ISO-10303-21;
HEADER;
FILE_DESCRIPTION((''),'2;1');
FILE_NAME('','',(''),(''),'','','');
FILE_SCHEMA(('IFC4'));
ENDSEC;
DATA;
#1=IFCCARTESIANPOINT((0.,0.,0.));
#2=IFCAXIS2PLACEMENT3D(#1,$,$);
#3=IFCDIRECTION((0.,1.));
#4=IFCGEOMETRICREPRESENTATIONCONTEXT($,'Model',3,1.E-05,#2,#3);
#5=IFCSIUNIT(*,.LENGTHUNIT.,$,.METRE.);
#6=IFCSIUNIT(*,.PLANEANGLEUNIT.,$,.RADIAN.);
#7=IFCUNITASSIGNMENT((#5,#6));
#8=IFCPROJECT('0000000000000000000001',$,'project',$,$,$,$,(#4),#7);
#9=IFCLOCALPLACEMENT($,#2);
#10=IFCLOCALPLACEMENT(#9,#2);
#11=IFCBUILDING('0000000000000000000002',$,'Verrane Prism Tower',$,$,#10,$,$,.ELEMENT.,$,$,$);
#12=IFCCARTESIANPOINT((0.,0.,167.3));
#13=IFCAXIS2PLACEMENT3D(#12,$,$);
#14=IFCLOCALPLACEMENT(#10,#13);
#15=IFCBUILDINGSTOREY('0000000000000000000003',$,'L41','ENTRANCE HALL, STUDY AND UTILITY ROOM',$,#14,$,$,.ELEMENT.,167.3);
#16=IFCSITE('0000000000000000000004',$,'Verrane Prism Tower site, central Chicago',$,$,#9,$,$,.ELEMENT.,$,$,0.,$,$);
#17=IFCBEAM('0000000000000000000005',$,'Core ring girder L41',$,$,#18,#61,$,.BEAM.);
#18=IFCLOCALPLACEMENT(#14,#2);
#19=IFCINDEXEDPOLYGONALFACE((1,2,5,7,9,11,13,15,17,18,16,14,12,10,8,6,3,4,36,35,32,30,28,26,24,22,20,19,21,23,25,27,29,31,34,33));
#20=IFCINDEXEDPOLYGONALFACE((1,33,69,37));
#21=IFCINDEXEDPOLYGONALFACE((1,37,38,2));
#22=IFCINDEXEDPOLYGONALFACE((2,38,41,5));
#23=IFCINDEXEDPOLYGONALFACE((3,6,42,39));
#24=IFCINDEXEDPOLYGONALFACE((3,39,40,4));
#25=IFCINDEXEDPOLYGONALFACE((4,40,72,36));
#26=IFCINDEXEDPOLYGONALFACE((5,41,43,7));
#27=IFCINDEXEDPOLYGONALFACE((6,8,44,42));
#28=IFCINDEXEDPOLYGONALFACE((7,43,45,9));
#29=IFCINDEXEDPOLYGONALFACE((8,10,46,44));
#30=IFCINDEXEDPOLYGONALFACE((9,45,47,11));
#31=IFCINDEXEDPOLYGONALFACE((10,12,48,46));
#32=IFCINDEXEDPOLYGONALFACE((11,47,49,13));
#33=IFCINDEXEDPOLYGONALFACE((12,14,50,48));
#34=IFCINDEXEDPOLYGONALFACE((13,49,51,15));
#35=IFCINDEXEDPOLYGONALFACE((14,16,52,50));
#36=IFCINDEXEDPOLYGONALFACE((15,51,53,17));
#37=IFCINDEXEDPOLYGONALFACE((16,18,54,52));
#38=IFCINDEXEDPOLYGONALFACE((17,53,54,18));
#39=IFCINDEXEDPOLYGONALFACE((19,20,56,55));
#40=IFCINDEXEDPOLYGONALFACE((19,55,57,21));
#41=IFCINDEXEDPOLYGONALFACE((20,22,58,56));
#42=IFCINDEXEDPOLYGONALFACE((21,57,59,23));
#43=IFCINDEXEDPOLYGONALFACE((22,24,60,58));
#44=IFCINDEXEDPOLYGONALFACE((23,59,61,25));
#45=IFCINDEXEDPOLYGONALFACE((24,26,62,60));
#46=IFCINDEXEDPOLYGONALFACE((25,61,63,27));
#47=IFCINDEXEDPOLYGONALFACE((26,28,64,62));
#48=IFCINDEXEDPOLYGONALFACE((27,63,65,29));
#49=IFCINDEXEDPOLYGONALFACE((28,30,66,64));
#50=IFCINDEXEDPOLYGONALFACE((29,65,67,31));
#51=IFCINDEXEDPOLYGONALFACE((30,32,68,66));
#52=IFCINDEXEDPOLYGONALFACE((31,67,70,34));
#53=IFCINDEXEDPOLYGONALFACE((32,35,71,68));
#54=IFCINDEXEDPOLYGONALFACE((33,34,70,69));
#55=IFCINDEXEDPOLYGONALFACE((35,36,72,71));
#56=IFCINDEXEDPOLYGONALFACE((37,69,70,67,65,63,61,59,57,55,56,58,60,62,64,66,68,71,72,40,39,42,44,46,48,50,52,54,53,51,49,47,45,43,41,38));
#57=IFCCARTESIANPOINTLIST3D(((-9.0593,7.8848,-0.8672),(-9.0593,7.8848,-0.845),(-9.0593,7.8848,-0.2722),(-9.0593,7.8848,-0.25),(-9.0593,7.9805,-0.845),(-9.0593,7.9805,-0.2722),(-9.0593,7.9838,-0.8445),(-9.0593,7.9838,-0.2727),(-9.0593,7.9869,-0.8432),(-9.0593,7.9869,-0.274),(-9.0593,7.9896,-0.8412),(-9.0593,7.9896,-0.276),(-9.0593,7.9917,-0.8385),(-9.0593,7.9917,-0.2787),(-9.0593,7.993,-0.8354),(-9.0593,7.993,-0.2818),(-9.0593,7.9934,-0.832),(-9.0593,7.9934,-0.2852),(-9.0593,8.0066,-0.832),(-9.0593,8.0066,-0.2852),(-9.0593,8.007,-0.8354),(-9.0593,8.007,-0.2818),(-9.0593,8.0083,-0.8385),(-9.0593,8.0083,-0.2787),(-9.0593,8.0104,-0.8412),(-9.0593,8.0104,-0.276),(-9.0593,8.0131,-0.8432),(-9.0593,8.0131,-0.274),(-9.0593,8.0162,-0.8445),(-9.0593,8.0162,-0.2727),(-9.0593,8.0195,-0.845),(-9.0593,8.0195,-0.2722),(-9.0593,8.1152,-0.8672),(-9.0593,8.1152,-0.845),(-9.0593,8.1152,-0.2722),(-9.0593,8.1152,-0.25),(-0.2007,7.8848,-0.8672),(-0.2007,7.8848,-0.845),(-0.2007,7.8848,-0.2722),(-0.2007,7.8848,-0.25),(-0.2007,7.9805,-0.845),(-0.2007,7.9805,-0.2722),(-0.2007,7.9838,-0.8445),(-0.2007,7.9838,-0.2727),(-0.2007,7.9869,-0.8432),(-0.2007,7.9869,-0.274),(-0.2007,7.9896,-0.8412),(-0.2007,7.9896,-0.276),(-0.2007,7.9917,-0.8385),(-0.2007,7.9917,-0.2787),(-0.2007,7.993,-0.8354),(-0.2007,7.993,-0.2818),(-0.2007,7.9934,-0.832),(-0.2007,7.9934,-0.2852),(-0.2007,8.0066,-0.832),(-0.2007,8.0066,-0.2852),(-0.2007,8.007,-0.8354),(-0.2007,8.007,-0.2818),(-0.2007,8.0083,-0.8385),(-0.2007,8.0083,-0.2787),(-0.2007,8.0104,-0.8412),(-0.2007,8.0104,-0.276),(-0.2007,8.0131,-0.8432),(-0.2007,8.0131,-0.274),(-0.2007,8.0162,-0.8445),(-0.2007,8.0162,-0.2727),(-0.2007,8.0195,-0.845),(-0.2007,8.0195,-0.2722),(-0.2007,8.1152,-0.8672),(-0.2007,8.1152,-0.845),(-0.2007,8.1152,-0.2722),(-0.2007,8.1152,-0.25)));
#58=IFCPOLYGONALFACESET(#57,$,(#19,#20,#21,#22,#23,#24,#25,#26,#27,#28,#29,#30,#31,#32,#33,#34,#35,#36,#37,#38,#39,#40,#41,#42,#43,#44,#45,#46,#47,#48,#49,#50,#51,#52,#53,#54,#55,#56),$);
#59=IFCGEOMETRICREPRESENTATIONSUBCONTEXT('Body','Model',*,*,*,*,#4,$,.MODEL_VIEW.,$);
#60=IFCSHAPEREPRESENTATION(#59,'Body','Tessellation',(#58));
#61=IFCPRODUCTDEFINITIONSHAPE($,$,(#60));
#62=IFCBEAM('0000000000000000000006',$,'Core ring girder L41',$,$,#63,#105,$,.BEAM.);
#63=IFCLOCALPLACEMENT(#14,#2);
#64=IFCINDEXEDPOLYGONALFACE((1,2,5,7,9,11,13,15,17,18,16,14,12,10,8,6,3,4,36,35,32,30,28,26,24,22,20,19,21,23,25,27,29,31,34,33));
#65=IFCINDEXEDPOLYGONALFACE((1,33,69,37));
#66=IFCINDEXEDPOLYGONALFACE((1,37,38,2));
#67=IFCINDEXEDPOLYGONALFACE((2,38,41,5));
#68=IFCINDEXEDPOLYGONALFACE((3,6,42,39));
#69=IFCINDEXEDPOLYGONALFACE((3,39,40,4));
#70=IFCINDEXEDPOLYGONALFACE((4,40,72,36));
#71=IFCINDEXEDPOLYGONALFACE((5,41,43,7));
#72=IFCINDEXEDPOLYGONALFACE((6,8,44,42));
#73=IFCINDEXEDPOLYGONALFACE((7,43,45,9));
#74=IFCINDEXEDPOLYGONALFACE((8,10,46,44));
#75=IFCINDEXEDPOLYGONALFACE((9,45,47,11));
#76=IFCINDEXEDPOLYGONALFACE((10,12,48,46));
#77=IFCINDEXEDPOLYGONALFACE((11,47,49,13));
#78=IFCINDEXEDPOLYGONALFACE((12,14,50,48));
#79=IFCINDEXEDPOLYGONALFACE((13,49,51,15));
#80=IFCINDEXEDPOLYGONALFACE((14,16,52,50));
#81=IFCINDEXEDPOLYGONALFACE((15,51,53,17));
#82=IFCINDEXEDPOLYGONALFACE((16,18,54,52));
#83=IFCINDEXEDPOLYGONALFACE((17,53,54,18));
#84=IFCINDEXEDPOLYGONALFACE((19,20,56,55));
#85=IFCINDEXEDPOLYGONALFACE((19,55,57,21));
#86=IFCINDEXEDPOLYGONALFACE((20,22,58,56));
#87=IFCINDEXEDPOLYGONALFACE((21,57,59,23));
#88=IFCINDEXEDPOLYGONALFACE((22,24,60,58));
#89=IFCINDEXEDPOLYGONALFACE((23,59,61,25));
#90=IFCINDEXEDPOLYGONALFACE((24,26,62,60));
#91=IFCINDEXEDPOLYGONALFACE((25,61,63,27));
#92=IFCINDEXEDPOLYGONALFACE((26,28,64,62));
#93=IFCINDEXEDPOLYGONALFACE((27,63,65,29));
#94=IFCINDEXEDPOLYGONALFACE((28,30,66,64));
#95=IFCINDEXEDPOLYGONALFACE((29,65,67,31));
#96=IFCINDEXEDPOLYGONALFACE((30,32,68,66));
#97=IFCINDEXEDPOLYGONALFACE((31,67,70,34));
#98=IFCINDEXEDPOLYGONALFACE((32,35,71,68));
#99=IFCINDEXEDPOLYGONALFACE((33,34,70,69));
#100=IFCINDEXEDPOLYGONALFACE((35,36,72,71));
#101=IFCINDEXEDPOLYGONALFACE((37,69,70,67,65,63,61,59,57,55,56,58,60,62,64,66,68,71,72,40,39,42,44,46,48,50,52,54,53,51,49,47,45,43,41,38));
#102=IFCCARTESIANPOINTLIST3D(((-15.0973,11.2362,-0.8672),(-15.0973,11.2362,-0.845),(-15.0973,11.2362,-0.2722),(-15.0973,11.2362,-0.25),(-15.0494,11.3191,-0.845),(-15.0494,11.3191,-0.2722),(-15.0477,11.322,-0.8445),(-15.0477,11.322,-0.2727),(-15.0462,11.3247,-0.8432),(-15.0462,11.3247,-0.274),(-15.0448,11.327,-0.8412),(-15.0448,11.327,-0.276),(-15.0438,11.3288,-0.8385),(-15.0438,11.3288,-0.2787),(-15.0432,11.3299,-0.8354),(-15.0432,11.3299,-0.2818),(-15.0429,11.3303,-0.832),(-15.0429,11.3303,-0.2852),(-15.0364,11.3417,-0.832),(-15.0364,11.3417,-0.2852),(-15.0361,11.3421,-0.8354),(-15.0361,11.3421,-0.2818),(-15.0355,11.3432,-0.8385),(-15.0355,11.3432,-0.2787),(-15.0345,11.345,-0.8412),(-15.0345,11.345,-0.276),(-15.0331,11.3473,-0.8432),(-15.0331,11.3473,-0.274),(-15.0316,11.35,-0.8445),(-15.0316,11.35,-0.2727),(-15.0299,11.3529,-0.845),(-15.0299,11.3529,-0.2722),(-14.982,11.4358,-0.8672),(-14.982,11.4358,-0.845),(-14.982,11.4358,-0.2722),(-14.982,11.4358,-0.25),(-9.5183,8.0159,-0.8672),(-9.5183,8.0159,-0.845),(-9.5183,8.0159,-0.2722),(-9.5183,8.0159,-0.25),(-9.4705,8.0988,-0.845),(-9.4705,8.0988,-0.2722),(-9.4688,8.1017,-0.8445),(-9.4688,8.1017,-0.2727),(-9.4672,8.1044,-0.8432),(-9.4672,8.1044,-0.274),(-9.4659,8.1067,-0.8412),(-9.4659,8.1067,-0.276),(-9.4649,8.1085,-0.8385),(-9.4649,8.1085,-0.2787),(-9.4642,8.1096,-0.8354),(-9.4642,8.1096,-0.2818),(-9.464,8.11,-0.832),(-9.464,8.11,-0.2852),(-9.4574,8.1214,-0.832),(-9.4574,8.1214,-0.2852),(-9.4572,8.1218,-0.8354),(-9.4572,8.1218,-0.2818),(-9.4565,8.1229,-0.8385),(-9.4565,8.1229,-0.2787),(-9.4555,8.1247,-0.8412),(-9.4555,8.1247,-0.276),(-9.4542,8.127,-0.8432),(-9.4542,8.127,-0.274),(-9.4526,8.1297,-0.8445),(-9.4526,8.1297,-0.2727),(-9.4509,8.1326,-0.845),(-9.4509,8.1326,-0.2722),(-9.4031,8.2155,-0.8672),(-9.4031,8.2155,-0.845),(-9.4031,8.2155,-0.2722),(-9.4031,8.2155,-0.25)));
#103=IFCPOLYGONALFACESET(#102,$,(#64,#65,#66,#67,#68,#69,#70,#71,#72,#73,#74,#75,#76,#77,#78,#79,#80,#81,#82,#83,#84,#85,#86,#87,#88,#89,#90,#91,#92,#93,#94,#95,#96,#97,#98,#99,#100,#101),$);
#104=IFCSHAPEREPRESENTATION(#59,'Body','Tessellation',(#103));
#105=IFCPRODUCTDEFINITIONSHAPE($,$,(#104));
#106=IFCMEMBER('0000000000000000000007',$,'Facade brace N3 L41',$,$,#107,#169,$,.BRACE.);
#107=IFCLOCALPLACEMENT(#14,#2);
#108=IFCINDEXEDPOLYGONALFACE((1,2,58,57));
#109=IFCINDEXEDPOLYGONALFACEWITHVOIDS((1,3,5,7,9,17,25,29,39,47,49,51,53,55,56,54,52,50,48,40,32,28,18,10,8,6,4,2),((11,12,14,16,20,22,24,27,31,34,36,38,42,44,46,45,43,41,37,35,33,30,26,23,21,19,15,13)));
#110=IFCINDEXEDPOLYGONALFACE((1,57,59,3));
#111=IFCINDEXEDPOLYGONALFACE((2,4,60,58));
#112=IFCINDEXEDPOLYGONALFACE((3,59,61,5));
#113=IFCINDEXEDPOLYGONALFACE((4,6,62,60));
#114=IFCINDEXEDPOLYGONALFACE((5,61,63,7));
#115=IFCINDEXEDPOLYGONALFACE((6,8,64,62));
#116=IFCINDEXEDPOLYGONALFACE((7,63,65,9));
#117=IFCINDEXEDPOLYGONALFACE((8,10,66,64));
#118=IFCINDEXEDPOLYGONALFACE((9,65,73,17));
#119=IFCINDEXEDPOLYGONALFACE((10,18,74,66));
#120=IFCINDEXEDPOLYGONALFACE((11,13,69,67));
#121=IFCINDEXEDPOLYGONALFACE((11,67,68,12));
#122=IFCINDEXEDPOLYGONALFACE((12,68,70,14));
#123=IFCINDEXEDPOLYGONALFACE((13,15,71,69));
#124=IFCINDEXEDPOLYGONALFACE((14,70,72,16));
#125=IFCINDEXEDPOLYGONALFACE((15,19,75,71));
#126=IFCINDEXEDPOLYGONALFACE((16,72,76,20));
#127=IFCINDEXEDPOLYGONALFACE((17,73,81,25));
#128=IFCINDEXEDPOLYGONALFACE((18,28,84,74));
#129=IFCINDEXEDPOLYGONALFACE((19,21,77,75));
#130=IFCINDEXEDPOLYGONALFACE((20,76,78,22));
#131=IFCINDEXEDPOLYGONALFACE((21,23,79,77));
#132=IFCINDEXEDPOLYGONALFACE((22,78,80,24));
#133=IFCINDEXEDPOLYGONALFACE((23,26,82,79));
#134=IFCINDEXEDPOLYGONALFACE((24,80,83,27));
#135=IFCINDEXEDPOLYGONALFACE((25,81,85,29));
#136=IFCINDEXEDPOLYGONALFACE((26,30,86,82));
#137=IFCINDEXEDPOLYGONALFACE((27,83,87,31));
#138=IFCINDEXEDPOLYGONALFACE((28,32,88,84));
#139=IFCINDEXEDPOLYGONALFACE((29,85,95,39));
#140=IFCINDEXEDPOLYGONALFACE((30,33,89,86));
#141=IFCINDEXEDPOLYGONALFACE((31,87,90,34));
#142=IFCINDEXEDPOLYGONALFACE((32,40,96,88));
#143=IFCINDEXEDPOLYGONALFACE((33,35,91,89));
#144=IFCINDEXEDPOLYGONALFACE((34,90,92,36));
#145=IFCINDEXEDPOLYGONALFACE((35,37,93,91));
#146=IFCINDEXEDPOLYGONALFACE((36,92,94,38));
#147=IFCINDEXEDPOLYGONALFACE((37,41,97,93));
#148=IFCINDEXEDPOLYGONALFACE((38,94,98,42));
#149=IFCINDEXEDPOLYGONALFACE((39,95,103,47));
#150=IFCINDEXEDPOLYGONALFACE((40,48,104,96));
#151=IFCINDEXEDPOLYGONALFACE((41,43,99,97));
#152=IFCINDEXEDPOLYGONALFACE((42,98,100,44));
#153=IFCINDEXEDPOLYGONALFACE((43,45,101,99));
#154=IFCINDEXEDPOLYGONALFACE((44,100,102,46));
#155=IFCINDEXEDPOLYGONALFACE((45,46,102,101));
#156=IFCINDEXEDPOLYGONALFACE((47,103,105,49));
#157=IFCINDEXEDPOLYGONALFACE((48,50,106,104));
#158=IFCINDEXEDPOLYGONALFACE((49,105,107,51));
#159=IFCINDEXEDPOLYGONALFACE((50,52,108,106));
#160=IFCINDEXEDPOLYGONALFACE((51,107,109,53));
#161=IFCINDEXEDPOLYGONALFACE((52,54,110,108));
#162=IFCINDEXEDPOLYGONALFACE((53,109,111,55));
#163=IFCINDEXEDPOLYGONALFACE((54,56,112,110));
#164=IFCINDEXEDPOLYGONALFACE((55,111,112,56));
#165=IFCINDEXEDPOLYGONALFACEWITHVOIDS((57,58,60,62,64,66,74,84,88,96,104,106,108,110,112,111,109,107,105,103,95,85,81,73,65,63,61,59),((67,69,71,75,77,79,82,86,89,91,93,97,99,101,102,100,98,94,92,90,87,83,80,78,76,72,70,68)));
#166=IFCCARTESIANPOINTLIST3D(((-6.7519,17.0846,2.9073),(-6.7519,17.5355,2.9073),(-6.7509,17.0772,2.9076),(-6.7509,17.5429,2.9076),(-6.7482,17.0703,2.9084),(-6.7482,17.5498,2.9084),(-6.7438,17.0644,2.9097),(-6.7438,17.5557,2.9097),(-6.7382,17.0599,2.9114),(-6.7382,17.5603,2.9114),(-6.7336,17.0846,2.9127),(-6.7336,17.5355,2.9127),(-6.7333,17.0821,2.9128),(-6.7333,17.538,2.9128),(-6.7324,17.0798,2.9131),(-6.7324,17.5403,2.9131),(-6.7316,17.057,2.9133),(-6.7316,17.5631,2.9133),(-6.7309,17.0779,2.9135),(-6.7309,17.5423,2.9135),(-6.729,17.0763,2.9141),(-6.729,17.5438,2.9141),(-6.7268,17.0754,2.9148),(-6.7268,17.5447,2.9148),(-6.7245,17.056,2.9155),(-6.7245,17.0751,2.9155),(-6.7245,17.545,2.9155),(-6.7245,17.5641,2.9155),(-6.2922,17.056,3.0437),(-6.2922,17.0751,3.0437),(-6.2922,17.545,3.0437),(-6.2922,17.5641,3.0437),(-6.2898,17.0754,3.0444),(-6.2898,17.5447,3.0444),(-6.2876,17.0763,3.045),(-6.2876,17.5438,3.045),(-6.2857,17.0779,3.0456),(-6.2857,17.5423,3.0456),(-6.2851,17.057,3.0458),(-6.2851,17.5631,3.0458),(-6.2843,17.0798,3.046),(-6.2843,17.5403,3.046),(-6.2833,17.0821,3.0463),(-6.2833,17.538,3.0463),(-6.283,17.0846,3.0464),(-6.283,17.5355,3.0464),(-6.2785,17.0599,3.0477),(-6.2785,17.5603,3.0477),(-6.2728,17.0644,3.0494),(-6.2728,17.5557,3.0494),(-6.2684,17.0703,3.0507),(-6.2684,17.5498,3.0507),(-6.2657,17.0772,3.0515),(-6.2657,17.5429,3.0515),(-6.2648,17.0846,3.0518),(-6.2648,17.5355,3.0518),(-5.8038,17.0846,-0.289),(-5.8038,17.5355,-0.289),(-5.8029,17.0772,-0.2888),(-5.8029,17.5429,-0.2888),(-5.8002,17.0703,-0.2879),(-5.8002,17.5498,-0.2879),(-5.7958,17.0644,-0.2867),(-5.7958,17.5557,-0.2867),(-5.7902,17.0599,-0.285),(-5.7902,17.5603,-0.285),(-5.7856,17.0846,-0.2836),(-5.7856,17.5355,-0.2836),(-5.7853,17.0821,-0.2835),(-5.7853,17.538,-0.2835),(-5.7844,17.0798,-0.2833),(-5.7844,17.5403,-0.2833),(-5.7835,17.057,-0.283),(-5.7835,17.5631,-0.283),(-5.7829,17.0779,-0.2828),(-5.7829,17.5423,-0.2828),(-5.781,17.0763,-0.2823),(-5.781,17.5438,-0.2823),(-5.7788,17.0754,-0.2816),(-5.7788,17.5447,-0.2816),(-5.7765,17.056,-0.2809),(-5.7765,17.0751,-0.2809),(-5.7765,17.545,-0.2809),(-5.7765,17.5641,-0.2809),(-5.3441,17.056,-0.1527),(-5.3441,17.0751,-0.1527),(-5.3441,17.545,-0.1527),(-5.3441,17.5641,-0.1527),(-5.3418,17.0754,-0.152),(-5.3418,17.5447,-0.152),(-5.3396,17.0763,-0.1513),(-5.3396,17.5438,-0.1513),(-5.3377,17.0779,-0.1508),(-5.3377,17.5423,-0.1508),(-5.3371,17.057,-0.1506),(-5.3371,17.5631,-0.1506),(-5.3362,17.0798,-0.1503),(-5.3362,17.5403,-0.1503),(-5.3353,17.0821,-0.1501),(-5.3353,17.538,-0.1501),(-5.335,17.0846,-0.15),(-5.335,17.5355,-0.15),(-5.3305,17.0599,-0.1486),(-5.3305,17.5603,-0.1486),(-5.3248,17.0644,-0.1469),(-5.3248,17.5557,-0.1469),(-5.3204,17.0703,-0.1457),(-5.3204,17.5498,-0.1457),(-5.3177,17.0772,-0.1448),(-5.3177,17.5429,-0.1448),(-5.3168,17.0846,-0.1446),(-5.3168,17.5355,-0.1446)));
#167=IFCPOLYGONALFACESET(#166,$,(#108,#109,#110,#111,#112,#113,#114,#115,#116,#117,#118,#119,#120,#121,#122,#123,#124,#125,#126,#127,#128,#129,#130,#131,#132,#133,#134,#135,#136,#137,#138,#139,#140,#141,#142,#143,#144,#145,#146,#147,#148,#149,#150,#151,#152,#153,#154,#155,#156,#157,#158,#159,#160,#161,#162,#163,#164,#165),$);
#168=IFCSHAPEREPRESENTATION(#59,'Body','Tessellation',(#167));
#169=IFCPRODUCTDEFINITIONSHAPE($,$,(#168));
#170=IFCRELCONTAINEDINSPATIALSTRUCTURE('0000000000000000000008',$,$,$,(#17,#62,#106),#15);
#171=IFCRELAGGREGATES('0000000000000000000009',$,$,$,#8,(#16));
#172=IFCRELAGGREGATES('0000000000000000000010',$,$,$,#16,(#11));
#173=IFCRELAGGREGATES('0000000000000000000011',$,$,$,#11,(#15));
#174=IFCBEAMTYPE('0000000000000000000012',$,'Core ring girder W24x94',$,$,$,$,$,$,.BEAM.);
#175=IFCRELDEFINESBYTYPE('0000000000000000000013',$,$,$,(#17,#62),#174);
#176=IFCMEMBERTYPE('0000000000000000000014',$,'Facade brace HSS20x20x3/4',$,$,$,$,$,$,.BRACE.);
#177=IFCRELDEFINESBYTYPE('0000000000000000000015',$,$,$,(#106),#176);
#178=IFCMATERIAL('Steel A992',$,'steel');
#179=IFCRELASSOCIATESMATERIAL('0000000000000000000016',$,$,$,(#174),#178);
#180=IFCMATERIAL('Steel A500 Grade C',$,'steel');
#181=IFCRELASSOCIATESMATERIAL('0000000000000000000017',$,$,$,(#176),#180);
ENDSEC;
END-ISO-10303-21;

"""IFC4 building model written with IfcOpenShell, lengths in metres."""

from ifc_helpers import new_model, si_unit, direction, frame, origin, origin_2d, place, context, subcontext, project, spatial, hollow_rectangle, i_section, extrude, material, material_profile, profile_set, type_object, element, save


model = new_model("IFC4")

# Units and contexts
model_context = context("Model", 3, precision=1e-05, world=origin(), true_north=direction((0.0, 1.0)))
body_context = subcontext(model_context, "Body", "Model", "MODEL_VIEW")
ifc_project = project(units=[si_unit("LENGTHUNIT", "METRE"), si_unit("PLANEANGLEUNIT", "RADIAN")], contexts=[model_context])

# Site, building, storey
site_placement = place(None, origin())
site = spatial("IfcSite", under=ifc_project, at=site_placement, Name="Verrane Prism Tower site, central Chicago", CompositionType="ELEMENT", RefElevation=0.0)
building_placement = place(site_placement, origin())
building = spatial("IfcBuilding", under=site, at=building_placement, Name="Verrane Prism Tower", CompositionType="ELEMENT")
storey_placement = place(building_placement, frame((0.0, 0.0, 167.3)))
storey = spatial("IfcBuildingStorey", under=building, at=storey_placement, Name="L41", Description="ENTRANCE HALL, STUDY AND UTILITY ROOM", CompositionType="ELEMENT", Elevation=167.3)

# Beams
ifc_material_1 = material(Name="Steel A992", Category="steel")
ifc_material_profile_1 = material_profile(ifc_material_1, i_section(OverallWidth=0.2305, OverallDepth=0.6172, WebThickness=0.0132, FlangeThickness=0.0222, FilletRadius=0.0129, at=origin_2d()), Name="W24x94")
ifc_profile_set_1 = profile_set([ifc_material_profile_1], Name="Steel A992")
beam_type_1 = type_object("IfcBeamType", Name="Core ring girder W24x94", PredefinedType="BEAM", material=ifc_profile_set_1)
beam_1_placement = place(storey_placement, frame((-0.2007, 8.0, -0.5586), z_axis=(-1.0, 0.0, 0.0), x_axis=(0.0, -1.0, 0.0)))
element("IfcBeam", 1, at=beam_1_placement, inside=storey, type_object=beam_type_1, Name="Core ring girder L41", PredefinedType="BEAM", context=body_context, shape_type="SweptSolid", body=[
    extrude(i_section(OverallWidth=0.2305, OverallDepth=0.6172, WebThickness=0.0132, FlangeThickness=0.0222, FilletRadius=0.0129, at=origin_2d()), origin(), (0.0, 0.0, 1.0), 8.8586),
])
beam_2_placement = place(storey_placement, frame((-9.4607, 8.1157, -0.5586), z_axis=(-0.866075, 0.499914, 0.0), x_axis=(-0.499914, -0.866075, 0.0)))
element("IfcBeam", 2, at=beam_2_placement, inside=storey, type_object=beam_type_1, Name="Core ring girder L41", PredefinedType="BEAM", context=body_context, shape_type="SweptSolid", body=[
    extrude(i_section(OverallWidth=0.2305, OverallDepth=0.6172, WebThickness=0.0132, FlangeThickness=0.0222, FilletRadius=0.0129, at=origin_2d()), origin(), (0.0, 0.0, 1.0), 6.4417),
])

# Member
ifc_material_2 = material(Name="Steel A500 Grade C", Category="steel")
ifc_material_profile_2 = material_profile(ifc_material_2, hollow_rectangle(XDim=0.5081, YDim=0.5081, WallThickness=0.019, InnerFilletRadius=0.0095, OuterFilletRadius=0.0286, at=origin_2d()), Name="HSS20x20x3/4")
ifc_profile_set_2 = profile_set([ifc_material_profile_2], Name="Steel A500 Grade C")
member_type_1 = type_object("IfcMemberType", Name="Facade brace HSS20x20x3/4", PredefinedType="BRACE", material=ifc_profile_set_2)
member_1_placement = place(storey_placement, frame((-5.5603, 17.3101, -0.2168), z_axis=(-0.28435, 0.0, 0.958721), x_axis=(0.0, -1.0, 0.0)))
element("IfcMember", 3, at=member_1_placement, inside=storey, type_object=member_type_1, Name="Facade brace N3 L41", PredefinedType="BRACE", context=body_context, shape_type="SweptSolid", body=[
    extrude(hollow_rectangle(XDim=0.5081, YDim=0.5081, WallThickness=0.019, InnerFilletRadius=0.0095, OuterFilletRadius=0.0286, at=origin_2d()), origin(), (0.0, 0.0, 1.0), 3.334),
])

save(model, "model.ifc")
